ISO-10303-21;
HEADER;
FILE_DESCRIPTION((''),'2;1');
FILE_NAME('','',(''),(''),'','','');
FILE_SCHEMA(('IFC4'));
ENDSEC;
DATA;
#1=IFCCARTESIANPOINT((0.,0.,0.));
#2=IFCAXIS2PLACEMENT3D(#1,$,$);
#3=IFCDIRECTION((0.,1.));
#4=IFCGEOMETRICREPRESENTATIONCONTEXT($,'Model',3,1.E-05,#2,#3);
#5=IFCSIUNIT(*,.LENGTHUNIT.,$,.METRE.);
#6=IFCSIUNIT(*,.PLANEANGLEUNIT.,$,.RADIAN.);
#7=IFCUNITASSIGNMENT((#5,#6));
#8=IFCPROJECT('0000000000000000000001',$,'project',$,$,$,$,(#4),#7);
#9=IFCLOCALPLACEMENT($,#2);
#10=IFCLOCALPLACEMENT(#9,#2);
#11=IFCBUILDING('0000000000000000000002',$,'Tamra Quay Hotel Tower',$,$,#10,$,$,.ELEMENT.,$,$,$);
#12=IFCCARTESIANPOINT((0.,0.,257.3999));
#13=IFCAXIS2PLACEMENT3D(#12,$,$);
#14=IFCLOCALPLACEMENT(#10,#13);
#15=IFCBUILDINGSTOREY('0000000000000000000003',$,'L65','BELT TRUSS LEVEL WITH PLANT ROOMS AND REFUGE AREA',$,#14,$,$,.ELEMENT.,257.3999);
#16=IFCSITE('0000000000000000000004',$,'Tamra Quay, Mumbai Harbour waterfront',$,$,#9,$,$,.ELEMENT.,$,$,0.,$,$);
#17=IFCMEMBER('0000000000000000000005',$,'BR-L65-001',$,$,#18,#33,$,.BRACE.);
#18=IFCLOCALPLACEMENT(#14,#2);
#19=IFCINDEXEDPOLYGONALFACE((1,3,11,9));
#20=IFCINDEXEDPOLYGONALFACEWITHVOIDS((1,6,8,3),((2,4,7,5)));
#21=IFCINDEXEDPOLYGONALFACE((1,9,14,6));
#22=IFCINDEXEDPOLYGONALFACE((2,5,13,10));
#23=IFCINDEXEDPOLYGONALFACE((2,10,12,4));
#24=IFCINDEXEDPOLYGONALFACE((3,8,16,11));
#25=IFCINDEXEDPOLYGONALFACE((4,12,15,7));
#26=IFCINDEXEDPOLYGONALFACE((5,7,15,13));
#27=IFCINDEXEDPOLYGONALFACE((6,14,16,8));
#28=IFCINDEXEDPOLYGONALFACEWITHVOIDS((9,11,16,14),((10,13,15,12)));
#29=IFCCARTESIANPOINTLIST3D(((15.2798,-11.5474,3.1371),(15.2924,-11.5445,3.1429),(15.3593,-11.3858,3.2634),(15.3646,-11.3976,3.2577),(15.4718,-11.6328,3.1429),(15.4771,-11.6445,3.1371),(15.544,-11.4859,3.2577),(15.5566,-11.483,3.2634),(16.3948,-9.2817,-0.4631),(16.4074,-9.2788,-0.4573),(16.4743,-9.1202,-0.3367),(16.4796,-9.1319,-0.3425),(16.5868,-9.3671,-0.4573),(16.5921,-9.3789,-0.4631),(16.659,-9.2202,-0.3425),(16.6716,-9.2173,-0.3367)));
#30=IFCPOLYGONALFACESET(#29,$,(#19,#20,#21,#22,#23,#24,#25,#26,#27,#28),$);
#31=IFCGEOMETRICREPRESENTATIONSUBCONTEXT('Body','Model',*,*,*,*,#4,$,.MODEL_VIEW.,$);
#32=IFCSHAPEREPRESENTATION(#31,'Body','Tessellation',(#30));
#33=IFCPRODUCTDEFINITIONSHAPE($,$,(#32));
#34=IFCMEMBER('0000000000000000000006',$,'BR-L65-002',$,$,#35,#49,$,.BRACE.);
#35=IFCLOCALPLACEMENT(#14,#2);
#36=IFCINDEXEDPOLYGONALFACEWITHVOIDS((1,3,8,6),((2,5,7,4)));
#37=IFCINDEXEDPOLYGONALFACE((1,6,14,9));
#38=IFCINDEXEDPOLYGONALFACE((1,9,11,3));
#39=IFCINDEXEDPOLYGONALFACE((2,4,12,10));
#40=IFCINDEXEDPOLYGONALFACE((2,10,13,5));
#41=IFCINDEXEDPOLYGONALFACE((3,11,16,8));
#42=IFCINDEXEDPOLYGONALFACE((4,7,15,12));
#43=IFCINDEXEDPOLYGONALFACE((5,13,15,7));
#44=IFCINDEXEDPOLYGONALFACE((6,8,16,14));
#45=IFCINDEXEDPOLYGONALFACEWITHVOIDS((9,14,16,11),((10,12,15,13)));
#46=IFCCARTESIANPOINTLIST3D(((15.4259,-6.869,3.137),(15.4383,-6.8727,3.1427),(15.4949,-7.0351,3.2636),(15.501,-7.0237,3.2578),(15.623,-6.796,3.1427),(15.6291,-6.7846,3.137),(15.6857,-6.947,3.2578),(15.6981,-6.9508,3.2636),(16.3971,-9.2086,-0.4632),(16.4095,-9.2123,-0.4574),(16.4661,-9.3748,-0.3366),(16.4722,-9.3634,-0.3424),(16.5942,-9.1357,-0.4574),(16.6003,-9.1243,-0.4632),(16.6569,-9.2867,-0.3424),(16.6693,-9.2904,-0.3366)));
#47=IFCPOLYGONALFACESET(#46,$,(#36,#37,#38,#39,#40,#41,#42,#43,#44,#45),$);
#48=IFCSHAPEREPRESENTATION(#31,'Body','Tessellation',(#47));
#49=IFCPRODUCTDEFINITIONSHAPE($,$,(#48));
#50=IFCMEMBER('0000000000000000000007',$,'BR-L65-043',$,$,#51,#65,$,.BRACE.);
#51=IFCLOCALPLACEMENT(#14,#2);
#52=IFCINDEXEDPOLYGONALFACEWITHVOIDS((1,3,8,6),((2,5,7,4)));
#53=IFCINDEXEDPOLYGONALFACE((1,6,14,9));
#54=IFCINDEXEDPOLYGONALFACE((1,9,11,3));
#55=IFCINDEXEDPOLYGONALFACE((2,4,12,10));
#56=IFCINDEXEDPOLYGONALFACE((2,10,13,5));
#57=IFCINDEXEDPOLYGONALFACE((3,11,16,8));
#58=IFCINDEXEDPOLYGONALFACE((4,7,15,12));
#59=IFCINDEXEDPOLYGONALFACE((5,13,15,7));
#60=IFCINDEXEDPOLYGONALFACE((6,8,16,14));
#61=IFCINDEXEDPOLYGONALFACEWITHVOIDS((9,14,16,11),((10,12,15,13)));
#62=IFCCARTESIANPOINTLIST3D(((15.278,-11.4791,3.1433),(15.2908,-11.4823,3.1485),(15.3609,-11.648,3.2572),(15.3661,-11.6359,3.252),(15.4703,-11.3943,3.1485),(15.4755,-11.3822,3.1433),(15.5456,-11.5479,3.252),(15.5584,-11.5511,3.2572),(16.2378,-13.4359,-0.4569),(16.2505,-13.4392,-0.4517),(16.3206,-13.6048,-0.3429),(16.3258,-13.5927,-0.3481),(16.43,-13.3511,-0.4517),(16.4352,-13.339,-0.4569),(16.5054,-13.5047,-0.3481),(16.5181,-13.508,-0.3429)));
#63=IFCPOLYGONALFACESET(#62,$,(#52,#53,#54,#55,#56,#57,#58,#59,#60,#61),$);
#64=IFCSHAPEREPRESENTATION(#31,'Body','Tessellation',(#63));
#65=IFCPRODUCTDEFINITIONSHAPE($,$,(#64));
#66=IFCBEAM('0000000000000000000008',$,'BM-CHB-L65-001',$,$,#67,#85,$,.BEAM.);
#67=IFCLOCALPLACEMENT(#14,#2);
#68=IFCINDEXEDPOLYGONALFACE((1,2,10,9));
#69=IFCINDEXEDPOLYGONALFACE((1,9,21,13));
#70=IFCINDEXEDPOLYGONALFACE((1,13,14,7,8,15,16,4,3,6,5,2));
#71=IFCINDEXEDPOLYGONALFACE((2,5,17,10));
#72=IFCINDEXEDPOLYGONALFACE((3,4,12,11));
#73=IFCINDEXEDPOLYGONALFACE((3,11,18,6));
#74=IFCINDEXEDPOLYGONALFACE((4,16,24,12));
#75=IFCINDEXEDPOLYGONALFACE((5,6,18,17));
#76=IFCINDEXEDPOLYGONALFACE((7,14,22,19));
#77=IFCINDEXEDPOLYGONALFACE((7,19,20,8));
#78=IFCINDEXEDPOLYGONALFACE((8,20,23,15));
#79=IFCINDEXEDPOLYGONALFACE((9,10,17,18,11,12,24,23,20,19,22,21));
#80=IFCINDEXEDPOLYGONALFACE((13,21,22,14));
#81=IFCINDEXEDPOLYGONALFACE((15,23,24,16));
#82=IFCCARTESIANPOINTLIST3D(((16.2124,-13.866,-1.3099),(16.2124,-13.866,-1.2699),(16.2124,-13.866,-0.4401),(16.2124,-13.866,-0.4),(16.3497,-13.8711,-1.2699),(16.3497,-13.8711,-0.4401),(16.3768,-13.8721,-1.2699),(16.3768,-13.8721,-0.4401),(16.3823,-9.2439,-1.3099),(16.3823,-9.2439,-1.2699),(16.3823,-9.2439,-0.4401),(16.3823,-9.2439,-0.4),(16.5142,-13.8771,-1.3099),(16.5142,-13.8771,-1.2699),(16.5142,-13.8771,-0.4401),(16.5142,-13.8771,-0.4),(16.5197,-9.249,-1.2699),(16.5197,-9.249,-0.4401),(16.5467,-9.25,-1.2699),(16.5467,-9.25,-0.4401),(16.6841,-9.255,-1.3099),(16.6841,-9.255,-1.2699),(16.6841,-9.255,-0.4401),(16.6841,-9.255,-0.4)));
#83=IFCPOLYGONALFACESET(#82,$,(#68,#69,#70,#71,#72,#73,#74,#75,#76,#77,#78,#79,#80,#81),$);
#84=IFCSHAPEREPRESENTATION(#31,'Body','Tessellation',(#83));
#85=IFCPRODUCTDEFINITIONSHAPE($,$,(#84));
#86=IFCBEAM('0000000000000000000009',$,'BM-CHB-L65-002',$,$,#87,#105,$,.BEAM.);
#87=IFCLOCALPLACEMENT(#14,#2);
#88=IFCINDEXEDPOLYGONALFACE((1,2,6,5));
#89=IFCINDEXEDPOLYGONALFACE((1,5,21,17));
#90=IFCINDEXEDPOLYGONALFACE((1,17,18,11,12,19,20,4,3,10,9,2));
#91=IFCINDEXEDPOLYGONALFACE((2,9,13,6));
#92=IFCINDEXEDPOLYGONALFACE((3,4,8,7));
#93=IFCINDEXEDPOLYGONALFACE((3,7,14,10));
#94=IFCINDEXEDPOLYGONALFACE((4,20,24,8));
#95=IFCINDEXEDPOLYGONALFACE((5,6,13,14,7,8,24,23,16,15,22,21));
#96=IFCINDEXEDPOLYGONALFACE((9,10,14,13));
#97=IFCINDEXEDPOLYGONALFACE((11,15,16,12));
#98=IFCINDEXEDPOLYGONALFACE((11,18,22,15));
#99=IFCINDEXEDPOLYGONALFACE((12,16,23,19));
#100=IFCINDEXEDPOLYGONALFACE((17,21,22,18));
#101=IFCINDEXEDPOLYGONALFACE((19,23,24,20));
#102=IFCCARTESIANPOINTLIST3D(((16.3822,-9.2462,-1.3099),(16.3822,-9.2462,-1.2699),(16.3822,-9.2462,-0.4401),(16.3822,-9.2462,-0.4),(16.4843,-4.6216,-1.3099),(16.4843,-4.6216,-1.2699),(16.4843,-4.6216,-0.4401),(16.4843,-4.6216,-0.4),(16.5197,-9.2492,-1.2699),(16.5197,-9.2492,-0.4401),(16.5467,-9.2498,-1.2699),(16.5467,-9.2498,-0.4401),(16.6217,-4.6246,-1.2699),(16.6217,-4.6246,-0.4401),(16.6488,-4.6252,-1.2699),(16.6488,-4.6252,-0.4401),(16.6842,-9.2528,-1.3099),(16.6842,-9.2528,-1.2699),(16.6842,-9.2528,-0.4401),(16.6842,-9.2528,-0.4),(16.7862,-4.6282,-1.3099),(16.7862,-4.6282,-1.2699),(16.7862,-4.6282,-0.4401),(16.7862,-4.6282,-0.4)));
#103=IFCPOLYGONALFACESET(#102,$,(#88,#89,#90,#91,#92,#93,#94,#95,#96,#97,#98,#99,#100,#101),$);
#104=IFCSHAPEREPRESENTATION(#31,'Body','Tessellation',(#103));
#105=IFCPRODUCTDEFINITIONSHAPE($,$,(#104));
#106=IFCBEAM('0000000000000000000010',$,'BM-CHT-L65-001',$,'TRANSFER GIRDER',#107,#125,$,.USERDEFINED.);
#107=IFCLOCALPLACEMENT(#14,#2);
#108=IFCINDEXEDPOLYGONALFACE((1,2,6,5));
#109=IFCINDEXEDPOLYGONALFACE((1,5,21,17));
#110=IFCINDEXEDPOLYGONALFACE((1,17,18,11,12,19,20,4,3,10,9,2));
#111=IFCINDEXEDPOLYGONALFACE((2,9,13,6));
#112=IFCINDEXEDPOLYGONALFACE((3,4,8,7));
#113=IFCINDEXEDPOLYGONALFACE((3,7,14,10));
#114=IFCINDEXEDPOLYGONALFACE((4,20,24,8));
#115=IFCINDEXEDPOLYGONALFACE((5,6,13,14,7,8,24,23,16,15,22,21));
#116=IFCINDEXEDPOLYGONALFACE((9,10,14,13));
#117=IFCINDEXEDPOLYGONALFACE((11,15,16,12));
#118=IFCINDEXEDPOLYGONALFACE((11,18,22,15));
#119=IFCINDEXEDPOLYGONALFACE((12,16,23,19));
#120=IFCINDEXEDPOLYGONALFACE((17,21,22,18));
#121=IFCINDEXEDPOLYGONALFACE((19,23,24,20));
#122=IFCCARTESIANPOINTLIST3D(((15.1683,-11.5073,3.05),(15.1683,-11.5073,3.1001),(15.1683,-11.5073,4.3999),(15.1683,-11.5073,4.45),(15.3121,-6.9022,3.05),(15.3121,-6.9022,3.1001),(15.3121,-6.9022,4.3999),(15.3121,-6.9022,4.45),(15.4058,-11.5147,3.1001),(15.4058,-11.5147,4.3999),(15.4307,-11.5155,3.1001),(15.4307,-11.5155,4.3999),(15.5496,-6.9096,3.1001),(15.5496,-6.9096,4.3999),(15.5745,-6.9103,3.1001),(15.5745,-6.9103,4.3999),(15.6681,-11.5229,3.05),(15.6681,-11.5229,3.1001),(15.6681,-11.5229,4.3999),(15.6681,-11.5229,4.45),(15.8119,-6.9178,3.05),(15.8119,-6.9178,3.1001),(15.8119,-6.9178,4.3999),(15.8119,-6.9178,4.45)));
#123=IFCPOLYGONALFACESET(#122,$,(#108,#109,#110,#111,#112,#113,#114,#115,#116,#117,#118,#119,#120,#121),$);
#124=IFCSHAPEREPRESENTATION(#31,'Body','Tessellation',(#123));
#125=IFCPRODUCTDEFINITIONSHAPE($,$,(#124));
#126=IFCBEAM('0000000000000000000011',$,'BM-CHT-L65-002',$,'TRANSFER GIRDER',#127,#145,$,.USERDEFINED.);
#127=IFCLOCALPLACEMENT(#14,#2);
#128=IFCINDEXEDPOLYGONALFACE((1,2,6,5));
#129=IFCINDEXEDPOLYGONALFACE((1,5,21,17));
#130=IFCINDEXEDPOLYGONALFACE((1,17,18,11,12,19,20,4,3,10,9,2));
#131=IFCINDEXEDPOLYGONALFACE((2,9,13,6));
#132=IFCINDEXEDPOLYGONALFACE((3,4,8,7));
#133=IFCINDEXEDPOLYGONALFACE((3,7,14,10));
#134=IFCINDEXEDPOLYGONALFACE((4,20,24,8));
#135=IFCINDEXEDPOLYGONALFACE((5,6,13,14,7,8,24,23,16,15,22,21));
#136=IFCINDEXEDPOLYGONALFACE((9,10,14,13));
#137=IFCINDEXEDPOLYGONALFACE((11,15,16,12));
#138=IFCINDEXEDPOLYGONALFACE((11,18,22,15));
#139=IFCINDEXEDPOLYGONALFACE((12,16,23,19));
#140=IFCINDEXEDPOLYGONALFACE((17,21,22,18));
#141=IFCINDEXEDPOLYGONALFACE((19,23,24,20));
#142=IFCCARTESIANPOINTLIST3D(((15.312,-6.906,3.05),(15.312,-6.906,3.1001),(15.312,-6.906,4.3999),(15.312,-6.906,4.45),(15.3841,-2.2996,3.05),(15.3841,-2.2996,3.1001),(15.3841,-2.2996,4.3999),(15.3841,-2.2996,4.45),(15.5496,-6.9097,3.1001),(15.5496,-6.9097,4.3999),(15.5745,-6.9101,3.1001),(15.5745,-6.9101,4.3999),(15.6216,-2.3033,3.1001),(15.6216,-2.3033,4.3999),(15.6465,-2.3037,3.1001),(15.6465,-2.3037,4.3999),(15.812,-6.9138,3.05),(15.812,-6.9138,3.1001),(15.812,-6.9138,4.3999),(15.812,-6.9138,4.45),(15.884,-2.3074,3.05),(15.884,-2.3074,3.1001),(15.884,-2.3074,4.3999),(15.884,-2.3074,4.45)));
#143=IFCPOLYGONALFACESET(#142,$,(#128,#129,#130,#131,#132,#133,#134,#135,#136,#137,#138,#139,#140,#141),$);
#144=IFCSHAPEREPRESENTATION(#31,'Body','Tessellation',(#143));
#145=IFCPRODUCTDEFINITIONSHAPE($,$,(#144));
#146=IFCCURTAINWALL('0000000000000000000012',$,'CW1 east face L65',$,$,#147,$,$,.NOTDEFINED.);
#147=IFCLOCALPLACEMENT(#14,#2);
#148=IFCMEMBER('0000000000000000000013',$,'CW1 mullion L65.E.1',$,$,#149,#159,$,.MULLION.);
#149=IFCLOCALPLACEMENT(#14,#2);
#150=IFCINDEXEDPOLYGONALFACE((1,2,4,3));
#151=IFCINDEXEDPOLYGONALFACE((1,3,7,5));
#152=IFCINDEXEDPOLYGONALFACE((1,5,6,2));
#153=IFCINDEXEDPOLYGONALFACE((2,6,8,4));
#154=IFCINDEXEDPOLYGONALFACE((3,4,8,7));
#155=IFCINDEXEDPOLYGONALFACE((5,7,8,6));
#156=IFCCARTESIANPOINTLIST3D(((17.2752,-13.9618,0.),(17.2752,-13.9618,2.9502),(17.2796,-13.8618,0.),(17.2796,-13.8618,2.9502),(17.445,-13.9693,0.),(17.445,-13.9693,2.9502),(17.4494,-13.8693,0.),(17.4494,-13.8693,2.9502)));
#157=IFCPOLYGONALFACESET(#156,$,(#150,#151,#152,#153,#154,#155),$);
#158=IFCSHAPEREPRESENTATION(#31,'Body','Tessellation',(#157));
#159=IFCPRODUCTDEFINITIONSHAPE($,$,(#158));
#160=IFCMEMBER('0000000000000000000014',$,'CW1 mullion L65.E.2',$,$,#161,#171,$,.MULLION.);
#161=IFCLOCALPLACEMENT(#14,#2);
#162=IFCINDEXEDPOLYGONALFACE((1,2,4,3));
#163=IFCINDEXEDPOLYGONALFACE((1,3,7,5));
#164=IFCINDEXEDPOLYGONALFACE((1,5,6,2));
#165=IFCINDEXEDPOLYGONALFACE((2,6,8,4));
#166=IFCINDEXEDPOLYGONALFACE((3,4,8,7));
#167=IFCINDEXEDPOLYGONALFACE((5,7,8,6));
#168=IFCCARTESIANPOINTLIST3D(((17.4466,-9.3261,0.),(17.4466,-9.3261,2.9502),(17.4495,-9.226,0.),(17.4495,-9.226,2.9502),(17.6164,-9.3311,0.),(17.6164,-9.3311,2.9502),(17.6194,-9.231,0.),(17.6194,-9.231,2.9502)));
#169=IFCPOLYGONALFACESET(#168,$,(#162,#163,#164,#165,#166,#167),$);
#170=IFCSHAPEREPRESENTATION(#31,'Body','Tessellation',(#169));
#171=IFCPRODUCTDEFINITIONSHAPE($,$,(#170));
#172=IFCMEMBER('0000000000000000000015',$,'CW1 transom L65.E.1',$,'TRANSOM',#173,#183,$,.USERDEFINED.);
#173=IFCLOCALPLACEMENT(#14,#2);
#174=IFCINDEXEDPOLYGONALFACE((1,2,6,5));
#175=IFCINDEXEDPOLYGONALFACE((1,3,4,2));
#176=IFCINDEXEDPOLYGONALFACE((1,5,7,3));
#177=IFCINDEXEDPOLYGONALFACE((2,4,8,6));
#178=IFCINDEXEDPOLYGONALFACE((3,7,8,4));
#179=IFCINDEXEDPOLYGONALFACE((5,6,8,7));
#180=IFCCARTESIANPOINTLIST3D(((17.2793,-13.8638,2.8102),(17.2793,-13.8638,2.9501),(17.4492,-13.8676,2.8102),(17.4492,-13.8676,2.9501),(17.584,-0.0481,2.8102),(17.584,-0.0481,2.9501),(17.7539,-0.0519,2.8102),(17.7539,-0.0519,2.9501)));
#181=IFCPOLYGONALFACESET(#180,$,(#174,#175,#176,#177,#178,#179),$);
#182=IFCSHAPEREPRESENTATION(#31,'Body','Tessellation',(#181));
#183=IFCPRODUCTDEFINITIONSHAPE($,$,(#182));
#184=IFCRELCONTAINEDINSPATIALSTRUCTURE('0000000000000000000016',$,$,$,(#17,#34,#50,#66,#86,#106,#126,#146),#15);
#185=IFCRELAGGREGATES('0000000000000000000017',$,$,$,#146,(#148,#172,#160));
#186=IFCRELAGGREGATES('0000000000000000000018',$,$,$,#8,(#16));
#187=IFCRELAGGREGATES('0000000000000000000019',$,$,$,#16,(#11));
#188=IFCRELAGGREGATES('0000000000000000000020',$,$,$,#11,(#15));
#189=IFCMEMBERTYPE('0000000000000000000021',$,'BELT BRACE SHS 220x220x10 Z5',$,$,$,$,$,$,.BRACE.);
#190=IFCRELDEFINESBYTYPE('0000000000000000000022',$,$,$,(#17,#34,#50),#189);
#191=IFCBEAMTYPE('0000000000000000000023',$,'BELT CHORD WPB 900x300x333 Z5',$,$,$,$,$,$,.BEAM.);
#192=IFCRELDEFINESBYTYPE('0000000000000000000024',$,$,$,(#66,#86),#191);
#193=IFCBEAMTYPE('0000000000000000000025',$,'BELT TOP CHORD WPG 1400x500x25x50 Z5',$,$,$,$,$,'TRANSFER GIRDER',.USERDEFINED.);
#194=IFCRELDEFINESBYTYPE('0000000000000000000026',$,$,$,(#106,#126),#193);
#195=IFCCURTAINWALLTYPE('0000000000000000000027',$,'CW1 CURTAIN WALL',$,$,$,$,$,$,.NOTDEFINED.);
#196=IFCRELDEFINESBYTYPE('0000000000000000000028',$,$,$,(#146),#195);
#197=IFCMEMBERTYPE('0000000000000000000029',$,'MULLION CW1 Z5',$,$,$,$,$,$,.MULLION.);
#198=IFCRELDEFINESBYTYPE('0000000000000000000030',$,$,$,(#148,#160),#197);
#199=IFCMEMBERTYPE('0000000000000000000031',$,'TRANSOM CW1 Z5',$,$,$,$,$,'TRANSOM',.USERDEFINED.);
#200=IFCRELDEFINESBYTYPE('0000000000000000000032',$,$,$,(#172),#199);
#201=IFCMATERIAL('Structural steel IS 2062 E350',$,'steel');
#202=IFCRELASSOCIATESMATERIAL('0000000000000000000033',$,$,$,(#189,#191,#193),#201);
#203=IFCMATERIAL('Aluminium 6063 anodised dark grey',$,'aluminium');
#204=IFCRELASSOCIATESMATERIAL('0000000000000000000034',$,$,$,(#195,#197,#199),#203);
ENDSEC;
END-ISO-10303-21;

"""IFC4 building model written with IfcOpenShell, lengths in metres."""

from ifc_helpers import new_model, si_unit, direction, frame, origin, origin_2d, place, context, subcontext, project, spatial, rectangle, hollow_rectangle, i_section, extrude, material, material_profile, profile_set, type_object, element, aggregate, save


model = new_model("IFC4")

# Units and contexts
model_context = context("Model", 3, precision=1e-05, world=origin(), true_north=direction((0.0, 1.0)))
body_context = subcontext(model_context, "Body", "Model", "MODEL_VIEW")
ifc_project = project(units=[si_unit("LENGTHUNIT", "METRE"), si_unit("PLANEANGLEUNIT", "RADIAN")], contexts=[model_context])

# Site, building, storey
site_placement = place(None, origin())
site = spatial("IfcSite", under=ifc_project, at=site_placement, Name="Tamra Quay, Mumbai Harbour waterfront", CompositionType="ELEMENT", RefElevation=0.0)
building_placement = place(site_placement, origin())
building = spatial("IfcBuilding", under=site, at=building_placement, Name="Tamra Quay Hotel Tower", CompositionType="ELEMENT")
storey_placement = place(building_placement, frame((0.0, 0.0, 257.3999)))
storey = spatial("IfcBuildingStorey", under=building, at=storey_placement, Name="L65", Description="BELT TRUSS LEVEL WITH PLANT ROOMS AND REFUGE AREA", CompositionType="ELEMENT", Elevation=257.3999)

# Members
ifc_material_1 = material(Name="Structural steel IS 2062 E350", Category="steel")
ifc_material_profile_1 = material_profile(ifc_material_1, hollow_rectangle(XDim=0.22, YDim=0.22, WallThickness=0.01, at=origin_2d()), Name="SHS 220x220x10")
ifc_profile_set_1 = profile_set([ifc_material_profile_1], Name="Structural steel IS 2062 E350")
member_type_1 = type_object("IfcMemberType", Name="BELT BRACE SHS 220x220x10 Z5", PredefinedType="BRACE", material=ifc_profile_set_1)
member_1_placement = place(storey_placement, frame((16.5332, -9.2495, -0.3999), z_axis=(-0.253558, -0.515221, 0.818691), x_axis=(0.897233, -0.441558, 0.0)))
element("IfcMember", 1, at=member_1_placement, inside=storey, type_object=member_type_1, Name="BR-L65-001", PredefinedType="BRACE", context=body_context, shape_type="SweptSolid", body=[
    extrude(hollow_rectangle(XDim=0.22, YDim=0.22, WallThickness=0.01, at=origin_2d()), origin(), (0.0, 0.0, 1.0), 4.3975),
])
member_2_placement = place(storey_placement, frame((16.5332, -9.2495, -0.3999), z_axis=(-0.220625, 0.531485, 0.817831), x_axis=(-0.923587, -0.38339, 0.0)))
element("IfcMember", 2, at=member_2_placement, inside=storey, type_object=member_type_1, Name="BR-L65-002", PredefinedType="BRACE", context=body_context, shape_type="SweptSolid", body=[
    extrude(hollow_rectangle(XDim=0.22, YDim=0.22, WallThickness=0.01, at=origin_2d()), origin(), (0.0, 0.0, 1.0), 4.4021),
])
member_3_placement = place(storey_placement, frame((16.3779, -13.4719, -0.3999), z_axis=(-0.228047, 0.46497, 0.855452), x_axis=(-0.897829, -0.440345, 0.0)))
element("IfcMember", 3, at=member_3_placement, inside=storey, type_object=member_type_1, Name="BR-L65-043", PredefinedType="BRACE", context=body_context, shape_type="SweptSolid", body=[
    extrude(hollow_rectangle(XDim=0.22, YDim=0.22, WallThickness=0.01, at=origin_2d()), origin(), (0.0, 0.0, 1.0), 4.2085),
])

# Beams
ifc_material_profile_2 = material_profile(ifc_material_1, i_section(OverallWidth=0.302, OverallDepth=0.9099, WebThickness=0.0271, FlangeThickness=0.04, at=origin_2d()), Name="WPB 900x300x333")
ifc_profile_set_2 = profile_set([ifc_material_profile_2], Name="Structural steel IS 2062 E350")
beam_type_1 = type_object("IfcBeamType", Name="BELT CHORD WPB 900x300x333 Z5", PredefinedType="BEAM", material=ifc_profile_set_2)
beam_1_placement = place(storey_placement, frame((16.3633, -13.8716, -0.855), z_axis=(0.036738, 0.999325, 0.0), x_axis=(-0.999325, 0.036738, 0.0)))
element("IfcBeam", 4, at=beam_1_placement, inside=storey, type_object=beam_type_1, Name="BM-CHB-L65-001", PredefinedType="BEAM", context=body_context, shape_type="SweptSolid", body=[
    extrude(i_section(OverallWidth=0.302, OverallDepth=0.9099, WebThickness=0.0271, FlangeThickness=0.04, at=origin_2d()), origin(), (0.0, 0.0, 1.0), 4.6252),
])
beam_2_placement = place(storey_placement, frame((16.5332, -9.2495, -0.855), z_axis=(0.022062, 0.999757, 0.0), x_axis=(-0.999757, 0.022062, 0.0)))
element("IfcBeam", 5, at=beam_2_placement, inside=storey, type_object=beam_type_1, Name="BM-CHB-L65-002", PredefinedType="BEAM", context=body_context, shape_type="SweptSolid", body=[
    extrude(i_section(OverallWidth=0.302, OverallDepth=0.9099, WebThickness=0.0271, FlangeThickness=0.04, at=origin_2d()), origin(), (0.0, 0.0, 1.0), 4.6257),
])
ifc_material_profile_3 = material_profile(ifc_material_1, i_section(OverallWidth=0.5, OverallDepth=1.3999, WebThickness=0.0249, FlangeThickness=0.05, at=origin_2d()), Name="WPG 1400x500x25x50")
ifc_profile_set_3 = profile_set([ifc_material_profile_3], Name="Structural steel IS 2062 E350")
beam_type_2 = type_object("IfcBeamType", Name="BELT TOP CHORD WPG 1400x500x25x50 Z5", ElementType="TRANSFER GIRDER", PredefinedType="USERDEFINED", material=ifc_profile_set_3)
beam_3_placement = place(storey_placement, frame((15.4182, -11.5151, 3.75), z_axis=(0.03121, 0.999513, 0.0), x_axis=(-0.999513, 0.03121, 0.0)))
element("IfcBeam", 6, at=beam_3_placement, inside=storey, type_object=beam_type_2, Name="BM-CHT-L65-001", ObjectType="TRANSFER GIRDER", PredefinedType="USERDEFINED", context=body_context, shape_type="SweptSolid", body=[
    extrude(i_section(OverallWidth=0.5, OverallDepth=1.3999, WebThickness=0.0249, FlangeThickness=0.05, at=origin_2d()), origin(), (0.0, 0.0, 1.0), 4.6074),
])
beam_4_placement = place(storey_placement, frame((15.562, -6.9099, 3.75), z_axis=(0.015633, 0.999878, 0.0), x_axis=(-0.999878, 0.015633, 0.0)))
element("IfcBeam", 7, at=beam_4_placement, inside=storey, type_object=beam_type_2, Name="BM-CHT-L65-002", ObjectType="TRANSFER GIRDER", PredefinedType="USERDEFINED", context=body_context, shape_type="SweptSolid", body=[
    extrude(i_section(OverallWidth=0.5, OverallDepth=1.3999, WebThickness=0.0249, FlangeThickness=0.05, at=origin_2d()), origin(), (0.0, 0.0, 1.0), 4.6069),
])

# Curtain wall, members
ifc_material_2 = material(Name="Aluminium 6063 anodised dark grey", Category="aluminium")
curtain_wall_type = type_object("IfcCurtainWallType", Name="CW1 CURTAIN WALL", PredefinedType="NOTDEFINED", material=ifc_material_2)
curtain_wall_placement = place(storey_placement, origin())
curtain_wall = element("IfcCurtainWall", 8, at=curtain_wall_placement, inside=storey, type_object=curtain_wall_type, Name="CW1 east face L65", PredefinedType="NOTDEFINED")
ifc_material_profile_4 = material_profile(ifc_material_2, rectangle(XDim=0.1699, YDim=0.1001, at=origin_2d()), Name="MULLION 100X170")
ifc_profile_set_4 = profile_set([ifc_material_profile_4], Name="Aluminium 6063 anodised dark grey")
member_type_2 = type_object("IfcMemberType", Name="MULLION CW1 Z5", PredefinedType="MULLION", material=ifc_profile_set_4)
member_4_placement = place(storey_placement, frame((17.3623, -13.9155, 0.0), z_axis=(0.0, 0.0, 1.0), x_axis=(0.999028, -0.044076, 0.0)))
member_4 = element("IfcMember", 9, at=member_4_placement, type_object=member_type_2, Name="CW1 mullion L65.E.1", PredefinedType="MULLION", context=body_context, shape_type="SweptSolid", body=[
    extrude(rectangle(XDim=0.1699, YDim=0.1001, at=origin_2d()), origin(), (0.0, 0.0, 1.0), 2.9502),
])
member_5_placement = place(storey_placement, frame((17.533, -9.2786, 0.0), z_axis=(0.0, 0.0, 1.0), x_axis=(0.999568, -0.029405, 0.0)))
member_5 = element("IfcMember", 10, at=member_5_placement, type_object=member_type_2, Name="CW1 mullion L65.E.2", PredefinedType="MULLION", context=body_context, shape_type="SweptSolid", body=[
    extrude(rectangle(XDim=0.1699, YDim=0.1001, at=origin_2d()), origin(), (0.0, 0.0, 1.0), 2.9502),
])
ifc_material_profile_5 = material_profile(ifc_material_2, rectangle(XDim=0.1699, YDim=0.1399, at=origin_2d()), Name="TRANSOM 170X140")
ifc_profile_set_5 = profile_set([ifc_material_profile_5], Name="Aluminium 6063 anodised dark grey")
member_type_3 = type_object("IfcMemberType", Name="TRANSOM CW1 Z5", ElementType="TRANSOM", PredefinedType="USERDEFINED", material=ifc_profile_set_5)
member_6_placement = place(storey_placement, frame((17.3643, -13.8657, 2.8801), z_axis=(0.022048, 0.999757, 0.0), x_axis=(-0.999757, 0.022048, 0.0)))
member_6 = element("IfcMember", 11, at=member_6_placement, type_object=member_type_3, Name="CW1 transom L65.E.1", ObjectType="TRANSOM", PredefinedType="USERDEFINED", context=body_context, shape_type="SweptSolid", body=[
    extrude(rectangle(XDim=0.1699, YDim=0.1399, at=origin_2d()), origin(), (0.0, 0.0, 1.0), 13.8191),
])

aggregate(curtain_wall, [member_4, member_6, member_5])

save(model, "model.ifc")
